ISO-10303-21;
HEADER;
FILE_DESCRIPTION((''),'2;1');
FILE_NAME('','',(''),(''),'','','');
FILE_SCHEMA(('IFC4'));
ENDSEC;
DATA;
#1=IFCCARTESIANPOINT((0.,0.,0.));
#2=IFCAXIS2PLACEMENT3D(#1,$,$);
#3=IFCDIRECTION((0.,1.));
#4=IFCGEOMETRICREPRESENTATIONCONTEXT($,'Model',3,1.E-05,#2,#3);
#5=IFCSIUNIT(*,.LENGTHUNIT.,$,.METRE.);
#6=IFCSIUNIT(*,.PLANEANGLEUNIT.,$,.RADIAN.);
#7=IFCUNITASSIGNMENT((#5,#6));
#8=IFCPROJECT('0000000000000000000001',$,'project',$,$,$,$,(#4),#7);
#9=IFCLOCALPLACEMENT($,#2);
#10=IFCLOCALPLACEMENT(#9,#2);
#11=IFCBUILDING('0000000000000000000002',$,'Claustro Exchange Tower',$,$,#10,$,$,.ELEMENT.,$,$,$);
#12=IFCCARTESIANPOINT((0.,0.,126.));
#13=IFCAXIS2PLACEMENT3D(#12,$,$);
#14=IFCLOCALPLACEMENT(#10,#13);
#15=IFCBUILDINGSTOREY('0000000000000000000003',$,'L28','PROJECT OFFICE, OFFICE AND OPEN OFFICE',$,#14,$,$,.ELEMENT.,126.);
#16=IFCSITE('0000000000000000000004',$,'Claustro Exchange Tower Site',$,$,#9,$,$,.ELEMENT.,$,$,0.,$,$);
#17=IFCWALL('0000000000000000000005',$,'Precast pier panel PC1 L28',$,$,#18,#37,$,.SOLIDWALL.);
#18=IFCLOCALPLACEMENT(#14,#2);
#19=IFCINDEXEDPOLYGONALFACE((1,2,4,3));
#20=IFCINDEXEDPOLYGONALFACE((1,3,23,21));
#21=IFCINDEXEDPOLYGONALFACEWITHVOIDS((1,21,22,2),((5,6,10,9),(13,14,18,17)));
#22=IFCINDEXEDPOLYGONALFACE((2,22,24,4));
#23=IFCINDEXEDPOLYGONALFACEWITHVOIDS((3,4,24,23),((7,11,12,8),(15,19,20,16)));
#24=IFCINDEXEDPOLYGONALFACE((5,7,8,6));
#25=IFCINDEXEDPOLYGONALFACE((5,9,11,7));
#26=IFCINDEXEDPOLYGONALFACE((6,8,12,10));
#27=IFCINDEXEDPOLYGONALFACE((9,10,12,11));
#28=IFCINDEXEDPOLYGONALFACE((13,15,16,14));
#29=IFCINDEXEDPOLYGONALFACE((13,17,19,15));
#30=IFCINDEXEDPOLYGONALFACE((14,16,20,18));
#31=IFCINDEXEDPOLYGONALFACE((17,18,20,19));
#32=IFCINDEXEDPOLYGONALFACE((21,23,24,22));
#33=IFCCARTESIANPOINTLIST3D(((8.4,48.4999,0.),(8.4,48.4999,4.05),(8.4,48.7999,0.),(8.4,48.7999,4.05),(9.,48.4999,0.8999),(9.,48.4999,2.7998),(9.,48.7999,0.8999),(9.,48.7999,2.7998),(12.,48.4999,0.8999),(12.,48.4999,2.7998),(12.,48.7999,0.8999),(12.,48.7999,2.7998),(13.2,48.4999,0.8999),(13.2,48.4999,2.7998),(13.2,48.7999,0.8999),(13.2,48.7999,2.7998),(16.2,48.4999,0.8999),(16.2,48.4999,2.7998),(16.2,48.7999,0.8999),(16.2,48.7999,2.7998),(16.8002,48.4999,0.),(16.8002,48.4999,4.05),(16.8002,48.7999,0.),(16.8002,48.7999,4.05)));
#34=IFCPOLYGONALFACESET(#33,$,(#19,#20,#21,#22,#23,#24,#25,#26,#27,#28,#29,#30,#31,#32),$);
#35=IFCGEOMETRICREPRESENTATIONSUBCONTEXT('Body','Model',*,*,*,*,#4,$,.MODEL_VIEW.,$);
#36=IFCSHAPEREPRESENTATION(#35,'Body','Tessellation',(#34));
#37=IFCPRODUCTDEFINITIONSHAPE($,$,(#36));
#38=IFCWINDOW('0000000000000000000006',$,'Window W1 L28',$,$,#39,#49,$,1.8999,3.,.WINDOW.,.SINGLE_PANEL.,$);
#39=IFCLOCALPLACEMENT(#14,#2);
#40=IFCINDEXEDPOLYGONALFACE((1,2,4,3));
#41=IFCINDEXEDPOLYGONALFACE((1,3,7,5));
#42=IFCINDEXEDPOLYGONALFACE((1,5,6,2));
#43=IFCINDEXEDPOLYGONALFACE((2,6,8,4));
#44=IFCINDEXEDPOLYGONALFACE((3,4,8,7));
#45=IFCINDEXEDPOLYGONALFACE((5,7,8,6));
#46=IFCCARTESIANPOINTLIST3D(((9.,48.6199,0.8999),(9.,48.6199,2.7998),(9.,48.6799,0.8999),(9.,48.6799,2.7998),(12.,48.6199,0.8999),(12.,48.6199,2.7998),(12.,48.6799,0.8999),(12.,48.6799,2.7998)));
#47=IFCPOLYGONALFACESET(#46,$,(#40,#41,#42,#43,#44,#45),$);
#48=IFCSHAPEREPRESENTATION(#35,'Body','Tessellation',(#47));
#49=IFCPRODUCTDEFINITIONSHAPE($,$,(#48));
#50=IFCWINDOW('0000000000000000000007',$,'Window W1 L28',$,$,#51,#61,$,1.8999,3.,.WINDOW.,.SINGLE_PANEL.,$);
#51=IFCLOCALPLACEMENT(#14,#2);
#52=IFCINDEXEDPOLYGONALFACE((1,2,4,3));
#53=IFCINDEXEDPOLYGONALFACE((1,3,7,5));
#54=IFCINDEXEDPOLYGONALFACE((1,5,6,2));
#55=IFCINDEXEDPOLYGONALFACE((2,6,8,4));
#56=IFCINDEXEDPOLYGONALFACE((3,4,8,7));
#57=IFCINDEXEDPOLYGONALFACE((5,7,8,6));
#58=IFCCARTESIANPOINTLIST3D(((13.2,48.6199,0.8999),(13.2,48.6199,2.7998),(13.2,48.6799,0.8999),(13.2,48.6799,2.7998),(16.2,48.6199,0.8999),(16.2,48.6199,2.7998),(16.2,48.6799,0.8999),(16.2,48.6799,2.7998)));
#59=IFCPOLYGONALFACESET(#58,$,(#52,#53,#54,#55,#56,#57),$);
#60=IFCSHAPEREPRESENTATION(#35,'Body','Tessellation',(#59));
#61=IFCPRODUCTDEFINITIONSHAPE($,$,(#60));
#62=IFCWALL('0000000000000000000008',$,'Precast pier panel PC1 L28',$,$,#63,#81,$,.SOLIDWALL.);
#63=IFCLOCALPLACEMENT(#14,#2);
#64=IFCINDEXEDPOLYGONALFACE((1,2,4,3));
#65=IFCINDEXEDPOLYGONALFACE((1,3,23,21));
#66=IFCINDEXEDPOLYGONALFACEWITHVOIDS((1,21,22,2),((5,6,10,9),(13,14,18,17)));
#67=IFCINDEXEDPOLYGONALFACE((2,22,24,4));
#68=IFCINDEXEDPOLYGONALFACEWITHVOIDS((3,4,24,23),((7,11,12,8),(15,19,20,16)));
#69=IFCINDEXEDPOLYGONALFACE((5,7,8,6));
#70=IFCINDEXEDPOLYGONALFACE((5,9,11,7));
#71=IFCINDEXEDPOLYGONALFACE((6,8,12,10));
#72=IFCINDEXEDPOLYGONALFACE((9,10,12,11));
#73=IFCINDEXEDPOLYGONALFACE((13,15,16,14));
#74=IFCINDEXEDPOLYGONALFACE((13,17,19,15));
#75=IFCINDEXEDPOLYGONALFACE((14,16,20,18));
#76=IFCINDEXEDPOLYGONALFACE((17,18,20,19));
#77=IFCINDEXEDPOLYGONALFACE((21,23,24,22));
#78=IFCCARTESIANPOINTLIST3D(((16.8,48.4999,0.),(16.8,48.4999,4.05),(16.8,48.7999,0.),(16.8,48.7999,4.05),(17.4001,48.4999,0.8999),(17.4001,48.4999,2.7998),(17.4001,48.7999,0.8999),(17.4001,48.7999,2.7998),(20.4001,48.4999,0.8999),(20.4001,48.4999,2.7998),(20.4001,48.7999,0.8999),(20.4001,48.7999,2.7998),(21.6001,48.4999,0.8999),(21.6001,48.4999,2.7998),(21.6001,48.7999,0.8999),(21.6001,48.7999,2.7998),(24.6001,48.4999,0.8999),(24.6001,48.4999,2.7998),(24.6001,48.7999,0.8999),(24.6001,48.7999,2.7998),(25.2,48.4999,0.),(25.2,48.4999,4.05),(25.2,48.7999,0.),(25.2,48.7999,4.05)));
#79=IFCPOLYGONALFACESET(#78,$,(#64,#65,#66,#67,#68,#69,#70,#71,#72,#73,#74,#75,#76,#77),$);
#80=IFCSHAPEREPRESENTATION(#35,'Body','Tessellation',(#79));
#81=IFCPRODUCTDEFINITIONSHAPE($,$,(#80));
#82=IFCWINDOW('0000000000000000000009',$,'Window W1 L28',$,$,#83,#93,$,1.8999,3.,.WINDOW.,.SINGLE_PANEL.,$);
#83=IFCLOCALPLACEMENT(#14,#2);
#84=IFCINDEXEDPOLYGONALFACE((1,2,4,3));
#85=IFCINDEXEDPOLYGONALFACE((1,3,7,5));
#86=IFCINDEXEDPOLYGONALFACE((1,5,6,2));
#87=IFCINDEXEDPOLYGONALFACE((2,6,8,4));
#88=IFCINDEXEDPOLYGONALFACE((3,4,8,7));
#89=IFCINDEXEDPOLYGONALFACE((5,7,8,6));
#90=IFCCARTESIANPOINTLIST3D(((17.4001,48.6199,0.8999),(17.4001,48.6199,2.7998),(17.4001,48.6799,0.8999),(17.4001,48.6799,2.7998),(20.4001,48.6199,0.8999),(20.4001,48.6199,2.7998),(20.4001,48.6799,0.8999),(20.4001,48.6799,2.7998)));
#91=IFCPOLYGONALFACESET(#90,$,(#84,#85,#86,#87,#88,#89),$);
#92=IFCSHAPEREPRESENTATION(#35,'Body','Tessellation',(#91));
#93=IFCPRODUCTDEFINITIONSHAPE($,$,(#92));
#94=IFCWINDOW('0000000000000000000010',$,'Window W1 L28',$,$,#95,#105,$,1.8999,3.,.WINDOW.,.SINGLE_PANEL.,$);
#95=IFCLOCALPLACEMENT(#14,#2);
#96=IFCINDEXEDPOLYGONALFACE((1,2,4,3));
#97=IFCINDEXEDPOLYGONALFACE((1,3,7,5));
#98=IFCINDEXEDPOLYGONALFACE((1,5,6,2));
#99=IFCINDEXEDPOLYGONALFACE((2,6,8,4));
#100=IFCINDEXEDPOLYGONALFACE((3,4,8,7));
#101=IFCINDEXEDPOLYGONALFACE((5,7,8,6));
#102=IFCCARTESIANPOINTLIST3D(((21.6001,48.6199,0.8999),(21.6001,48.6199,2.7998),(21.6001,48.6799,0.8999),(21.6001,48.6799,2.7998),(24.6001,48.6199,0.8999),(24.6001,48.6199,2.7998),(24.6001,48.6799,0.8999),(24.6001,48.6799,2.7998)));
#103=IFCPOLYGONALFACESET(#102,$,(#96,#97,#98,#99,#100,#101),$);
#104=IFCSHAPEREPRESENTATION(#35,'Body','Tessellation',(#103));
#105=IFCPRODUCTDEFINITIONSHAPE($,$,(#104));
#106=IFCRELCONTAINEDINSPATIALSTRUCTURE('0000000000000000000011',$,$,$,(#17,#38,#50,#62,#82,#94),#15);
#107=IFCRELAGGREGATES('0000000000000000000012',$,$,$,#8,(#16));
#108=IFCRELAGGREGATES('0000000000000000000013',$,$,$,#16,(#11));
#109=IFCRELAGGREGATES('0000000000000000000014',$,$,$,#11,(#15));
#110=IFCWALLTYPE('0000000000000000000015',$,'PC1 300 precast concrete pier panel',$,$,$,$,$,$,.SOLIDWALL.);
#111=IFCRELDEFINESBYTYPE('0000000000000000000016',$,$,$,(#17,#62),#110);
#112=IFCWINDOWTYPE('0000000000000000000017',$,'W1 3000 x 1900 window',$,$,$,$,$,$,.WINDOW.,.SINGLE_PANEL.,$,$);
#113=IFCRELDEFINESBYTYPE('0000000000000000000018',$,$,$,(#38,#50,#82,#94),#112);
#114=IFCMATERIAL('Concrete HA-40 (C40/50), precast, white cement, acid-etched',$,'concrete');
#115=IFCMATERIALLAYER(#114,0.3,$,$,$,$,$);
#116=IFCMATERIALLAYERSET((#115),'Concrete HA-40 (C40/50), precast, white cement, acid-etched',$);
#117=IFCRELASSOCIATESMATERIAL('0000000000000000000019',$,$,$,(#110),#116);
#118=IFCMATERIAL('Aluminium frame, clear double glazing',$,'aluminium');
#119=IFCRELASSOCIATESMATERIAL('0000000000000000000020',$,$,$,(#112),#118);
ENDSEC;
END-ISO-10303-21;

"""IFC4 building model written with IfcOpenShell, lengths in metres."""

from ifc_helpers import new_model, si_unit, direction, frame, frame_2d, origin, place, context, subcontext, project, spatial, rectangle, extrude, material, layer, layer_set, type_object, element, fill, save


model = new_model("IFC4")

# Units and contexts
model_context = context("Model", 3, precision=1e-05, world=origin(), true_north=direction((0.0, 1.0)))
body_context = subcontext(model_context, "Body", "Model", "MODEL_VIEW")
ifc_project = project(units=[si_unit("LENGTHUNIT", "METRE"), si_unit("PLANEANGLEUNIT", "RADIAN")], contexts=[model_context])

# Site, building, storey
site_placement = place(None, origin())
site = spatial("IfcSite", under=ifc_project, at=site_placement, Name="Claustro Exchange Tower Site", CompositionType="ELEMENT", RefElevation=0.0)
building_placement = place(site_placement, origin())
building = spatial("IfcBuilding", under=site, at=building_placement, Name="Claustro Exchange Tower", CompositionType="ELEMENT")
storey_placement = place(building_placement, frame((0.0, 0.0, 126.0)))
storey = spatial("IfcBuildingStorey", under=building, at=storey_placement, Name="L28", Description="PROJECT OFFICE, OFFICE AND OPEN OFFICE", CompositionType="ELEMENT", Elevation=126.0)

# Walls, openings, windows
ifc_material_1 = material(Name="Concrete HA-40 (C40/50), precast, white cement, acid-etched", Category="concrete")
ifc_layer_1 = layer(ifc_material_1, 0.3)
ifc_layer_set_1 = layer_set([ifc_layer_1], Name="Concrete HA-40 (C40/50), precast, white cement, acid-etched")
wall_type_1 = type_object("IfcWallType", Name="PC1 300 precast concrete pier panel", PredefinedType="SOLIDWALL", material=ifc_layer_set_1)
wall_1_placement = place(storey_placement, frame((8.3999, 48.6499, 0.0), z_axis=(0.0, 0.0, 1.0), x_axis=(1.0, 0.0, 0.0)))
wall_1 = element("IfcWall", 1, at=wall_1_placement, inside=storey, type_object=wall_type_1, Name="Precast pier panel PC1 L28", PredefinedType="SOLIDWALL", context=body_context, shape_type="SweptSolid", body=[
    extrude(rectangle(XDim=8.4001, YDim=0.3, at=frame_2d((4.2002, 0.0))), origin(), (0.0, 0.0, 1.0), 4.05),
])
opening_1_placement = place(wall_1_placement, frame((0.6001, 0.0, 0.8999)))
opening_1 = element("IfcOpeningElement", 2, at=opening_1_placement, cuts=wall_1, PredefinedType="OPENING", context=body_context, shape_type="SweptSolid", body=[
    extrude(rectangle(XDim=3.0, YDim=1.8999, at=frame_2d((1.5, 0.95))), frame((0.0, 0.1599, 0.0), z_axis=(0.0, -1.0, 0.0), x_axis=(1.0, 0.0, 0.0)), (0.0, 0.0, 1.0), 0.3201),
])
opening_2_placement = place(wall_1_placement, frame((4.8, 0.0, 0.8999)))
opening_2 = element("IfcOpeningElement", 3, at=opening_2_placement, cuts=wall_1, PredefinedType="OPENING", context=body_context, shape_type="SweptSolid", body=[
    extrude(rectangle(XDim=3.0, YDim=1.8999, at=frame_2d((1.5, 0.95))), frame((0.0, 0.1599, 0.0), z_axis=(0.0, -1.0, 0.0), x_axis=(1.0, 0.0, 0.0)), (0.0, 0.0, 1.0), 0.3201),
])
ifc_material_2 = material(Name="Aluminium frame, clear double glazing", Category="aluminium")
window_type = type_object("IfcWindowType", Name="W1 3000 x 1900 window", PartitioningType="SINGLE_PANEL", PredefinedType="WINDOW", material=ifc_material_2)
window_1_placement = place(opening_1_placement, origin())
window_1 = element("IfcWindow", 4, at=window_1_placement, inside=storey, type_object=window_type, Name="Window W1 L28", OverallHeight=1.8999, OverallWidth=3.0, PartitioningType="SINGLE_PANEL", PredefinedType="WINDOW", context=body_context, shape_type="SweptSolid", body=[
    extrude(rectangle(XDim=3.0, YDim=1.8999, at=frame_2d((1.5, 0.95))), frame((0.0, 0.03, 0.0), z_axis=(0.0, -1.0, 0.0), x_axis=(1.0, 0.0, 0.0)), (0.0, 0.0, 1.0), 0.0601),
])
fill(opening_1, window_1)
window_2_placement = place(opening_2_placement, origin())
window_2 = element("IfcWindow", 5, at=window_2_placement, inside=storey, type_object=window_type, Name="Window W1 L28", OverallHeight=1.8999, OverallWidth=3.0, PartitioningType="SINGLE_PANEL", PredefinedType="WINDOW", context=body_context, shape_type="SweptSolid", body=[
    extrude(rectangle(XDim=3.0, YDim=1.8999, at=frame_2d((1.5, 0.95))), frame((0.0, 0.03, 0.0), z_axis=(0.0, -1.0, 0.0), x_axis=(1.0, 0.0, 0.0)), (0.0, 0.0, 1.0), 0.0601),
])
fill(opening_2, window_2)
wall_2_placement = place(storey_placement, frame((16.8, 48.6499, 0.0), z_axis=(0.0, 0.0, 1.0), x_axis=(1.0, 0.0, 0.0)))
wall_2 = element("IfcWall", 6, at=wall_2_placement, inside=storey, type_object=wall_type_1, Name="Precast pier panel PC1 L28", PredefinedType="SOLIDWALL", context=body_context, shape_type="SweptSolid", body=[
    extrude(rectangle(XDim=8.3999, YDim=0.3, at=frame_2d((4.2, 0.0))), origin(), (0.0, 0.0, 1.0), 4.05),
])
opening_3_placement = place(wall_2_placement, frame((0.6001, 0.0, 0.8999)))
opening_3 = element("IfcOpeningElement", 7, at=opening_3_placement, cuts=wall_2, PredefinedType="OPENING", context=body_context, shape_type="SweptSolid", body=[
    extrude(rectangle(XDim=3.0, YDim=1.8999, at=frame_2d((1.5, 0.95))), frame((0.0, 0.1599, 0.0), z_axis=(0.0, -1.0, 0.0), x_axis=(1.0, 0.0, 0.0)), (0.0, 0.0, 1.0), 0.3201),
])
opening_4_placement = place(wall_2_placement, frame((4.8, 0.0, 0.8999)))
opening_4 = element("IfcOpeningElement", 8, at=opening_4_placement, cuts=wall_2, PredefinedType="OPENING", context=body_context, shape_type="SweptSolid", body=[
    extrude(rectangle(XDim=3.0, YDim=1.8999, at=frame_2d((1.5, 0.95))), frame((0.0, 0.1599, 0.0), z_axis=(0.0, -1.0, 0.0), x_axis=(1.0, 0.0, 0.0)), (0.0, 0.0, 1.0), 0.3201),
])
window_3_placement = place(opening_3_placement, origin())
window_3 = element("IfcWindow", 9, at=window_3_placement, inside=storey, type_object=window_type, Name="Window W1 L28", OverallHeight=1.8999, OverallWidth=3.0, PartitioningType="SINGLE_PANEL", PredefinedType="WINDOW", context=body_context, shape_type="SweptSolid", body=[
    extrude(rectangle(XDim=3.0, YDim=1.8999, at=frame_2d((1.5, 0.95))), frame((0.0, 0.03, 0.0), z_axis=(0.0, -1.0, 0.0), x_axis=(1.0, 0.0, 0.0)), (0.0, 0.0, 1.0), 0.0601),
])
fill(opening_3, window_3)
window_4_placement = place(opening_4_placement, origin())
window_4 = element("IfcWindow", 10, at=window_4_placement, inside=storey, type_object=window_type, Name="Window W1 L28", OverallHeight=1.8999, OverallWidth=3.0, PartitioningType="SINGLE_PANEL", PredefinedType="WINDOW", context=body_context, shape_type="SweptSolid", body=[
    extrude(rectangle(XDim=3.0, YDim=1.8999, at=frame_2d((1.5, 0.95))), frame((0.0, 0.03, 0.0), z_axis=(0.0, -1.0, 0.0), x_axis=(1.0, 0.0, 0.0)), (0.0, 0.0, 1.0), 0.0601),
])
fill(opening_4, window_4)

save(model, "model.ifc")
